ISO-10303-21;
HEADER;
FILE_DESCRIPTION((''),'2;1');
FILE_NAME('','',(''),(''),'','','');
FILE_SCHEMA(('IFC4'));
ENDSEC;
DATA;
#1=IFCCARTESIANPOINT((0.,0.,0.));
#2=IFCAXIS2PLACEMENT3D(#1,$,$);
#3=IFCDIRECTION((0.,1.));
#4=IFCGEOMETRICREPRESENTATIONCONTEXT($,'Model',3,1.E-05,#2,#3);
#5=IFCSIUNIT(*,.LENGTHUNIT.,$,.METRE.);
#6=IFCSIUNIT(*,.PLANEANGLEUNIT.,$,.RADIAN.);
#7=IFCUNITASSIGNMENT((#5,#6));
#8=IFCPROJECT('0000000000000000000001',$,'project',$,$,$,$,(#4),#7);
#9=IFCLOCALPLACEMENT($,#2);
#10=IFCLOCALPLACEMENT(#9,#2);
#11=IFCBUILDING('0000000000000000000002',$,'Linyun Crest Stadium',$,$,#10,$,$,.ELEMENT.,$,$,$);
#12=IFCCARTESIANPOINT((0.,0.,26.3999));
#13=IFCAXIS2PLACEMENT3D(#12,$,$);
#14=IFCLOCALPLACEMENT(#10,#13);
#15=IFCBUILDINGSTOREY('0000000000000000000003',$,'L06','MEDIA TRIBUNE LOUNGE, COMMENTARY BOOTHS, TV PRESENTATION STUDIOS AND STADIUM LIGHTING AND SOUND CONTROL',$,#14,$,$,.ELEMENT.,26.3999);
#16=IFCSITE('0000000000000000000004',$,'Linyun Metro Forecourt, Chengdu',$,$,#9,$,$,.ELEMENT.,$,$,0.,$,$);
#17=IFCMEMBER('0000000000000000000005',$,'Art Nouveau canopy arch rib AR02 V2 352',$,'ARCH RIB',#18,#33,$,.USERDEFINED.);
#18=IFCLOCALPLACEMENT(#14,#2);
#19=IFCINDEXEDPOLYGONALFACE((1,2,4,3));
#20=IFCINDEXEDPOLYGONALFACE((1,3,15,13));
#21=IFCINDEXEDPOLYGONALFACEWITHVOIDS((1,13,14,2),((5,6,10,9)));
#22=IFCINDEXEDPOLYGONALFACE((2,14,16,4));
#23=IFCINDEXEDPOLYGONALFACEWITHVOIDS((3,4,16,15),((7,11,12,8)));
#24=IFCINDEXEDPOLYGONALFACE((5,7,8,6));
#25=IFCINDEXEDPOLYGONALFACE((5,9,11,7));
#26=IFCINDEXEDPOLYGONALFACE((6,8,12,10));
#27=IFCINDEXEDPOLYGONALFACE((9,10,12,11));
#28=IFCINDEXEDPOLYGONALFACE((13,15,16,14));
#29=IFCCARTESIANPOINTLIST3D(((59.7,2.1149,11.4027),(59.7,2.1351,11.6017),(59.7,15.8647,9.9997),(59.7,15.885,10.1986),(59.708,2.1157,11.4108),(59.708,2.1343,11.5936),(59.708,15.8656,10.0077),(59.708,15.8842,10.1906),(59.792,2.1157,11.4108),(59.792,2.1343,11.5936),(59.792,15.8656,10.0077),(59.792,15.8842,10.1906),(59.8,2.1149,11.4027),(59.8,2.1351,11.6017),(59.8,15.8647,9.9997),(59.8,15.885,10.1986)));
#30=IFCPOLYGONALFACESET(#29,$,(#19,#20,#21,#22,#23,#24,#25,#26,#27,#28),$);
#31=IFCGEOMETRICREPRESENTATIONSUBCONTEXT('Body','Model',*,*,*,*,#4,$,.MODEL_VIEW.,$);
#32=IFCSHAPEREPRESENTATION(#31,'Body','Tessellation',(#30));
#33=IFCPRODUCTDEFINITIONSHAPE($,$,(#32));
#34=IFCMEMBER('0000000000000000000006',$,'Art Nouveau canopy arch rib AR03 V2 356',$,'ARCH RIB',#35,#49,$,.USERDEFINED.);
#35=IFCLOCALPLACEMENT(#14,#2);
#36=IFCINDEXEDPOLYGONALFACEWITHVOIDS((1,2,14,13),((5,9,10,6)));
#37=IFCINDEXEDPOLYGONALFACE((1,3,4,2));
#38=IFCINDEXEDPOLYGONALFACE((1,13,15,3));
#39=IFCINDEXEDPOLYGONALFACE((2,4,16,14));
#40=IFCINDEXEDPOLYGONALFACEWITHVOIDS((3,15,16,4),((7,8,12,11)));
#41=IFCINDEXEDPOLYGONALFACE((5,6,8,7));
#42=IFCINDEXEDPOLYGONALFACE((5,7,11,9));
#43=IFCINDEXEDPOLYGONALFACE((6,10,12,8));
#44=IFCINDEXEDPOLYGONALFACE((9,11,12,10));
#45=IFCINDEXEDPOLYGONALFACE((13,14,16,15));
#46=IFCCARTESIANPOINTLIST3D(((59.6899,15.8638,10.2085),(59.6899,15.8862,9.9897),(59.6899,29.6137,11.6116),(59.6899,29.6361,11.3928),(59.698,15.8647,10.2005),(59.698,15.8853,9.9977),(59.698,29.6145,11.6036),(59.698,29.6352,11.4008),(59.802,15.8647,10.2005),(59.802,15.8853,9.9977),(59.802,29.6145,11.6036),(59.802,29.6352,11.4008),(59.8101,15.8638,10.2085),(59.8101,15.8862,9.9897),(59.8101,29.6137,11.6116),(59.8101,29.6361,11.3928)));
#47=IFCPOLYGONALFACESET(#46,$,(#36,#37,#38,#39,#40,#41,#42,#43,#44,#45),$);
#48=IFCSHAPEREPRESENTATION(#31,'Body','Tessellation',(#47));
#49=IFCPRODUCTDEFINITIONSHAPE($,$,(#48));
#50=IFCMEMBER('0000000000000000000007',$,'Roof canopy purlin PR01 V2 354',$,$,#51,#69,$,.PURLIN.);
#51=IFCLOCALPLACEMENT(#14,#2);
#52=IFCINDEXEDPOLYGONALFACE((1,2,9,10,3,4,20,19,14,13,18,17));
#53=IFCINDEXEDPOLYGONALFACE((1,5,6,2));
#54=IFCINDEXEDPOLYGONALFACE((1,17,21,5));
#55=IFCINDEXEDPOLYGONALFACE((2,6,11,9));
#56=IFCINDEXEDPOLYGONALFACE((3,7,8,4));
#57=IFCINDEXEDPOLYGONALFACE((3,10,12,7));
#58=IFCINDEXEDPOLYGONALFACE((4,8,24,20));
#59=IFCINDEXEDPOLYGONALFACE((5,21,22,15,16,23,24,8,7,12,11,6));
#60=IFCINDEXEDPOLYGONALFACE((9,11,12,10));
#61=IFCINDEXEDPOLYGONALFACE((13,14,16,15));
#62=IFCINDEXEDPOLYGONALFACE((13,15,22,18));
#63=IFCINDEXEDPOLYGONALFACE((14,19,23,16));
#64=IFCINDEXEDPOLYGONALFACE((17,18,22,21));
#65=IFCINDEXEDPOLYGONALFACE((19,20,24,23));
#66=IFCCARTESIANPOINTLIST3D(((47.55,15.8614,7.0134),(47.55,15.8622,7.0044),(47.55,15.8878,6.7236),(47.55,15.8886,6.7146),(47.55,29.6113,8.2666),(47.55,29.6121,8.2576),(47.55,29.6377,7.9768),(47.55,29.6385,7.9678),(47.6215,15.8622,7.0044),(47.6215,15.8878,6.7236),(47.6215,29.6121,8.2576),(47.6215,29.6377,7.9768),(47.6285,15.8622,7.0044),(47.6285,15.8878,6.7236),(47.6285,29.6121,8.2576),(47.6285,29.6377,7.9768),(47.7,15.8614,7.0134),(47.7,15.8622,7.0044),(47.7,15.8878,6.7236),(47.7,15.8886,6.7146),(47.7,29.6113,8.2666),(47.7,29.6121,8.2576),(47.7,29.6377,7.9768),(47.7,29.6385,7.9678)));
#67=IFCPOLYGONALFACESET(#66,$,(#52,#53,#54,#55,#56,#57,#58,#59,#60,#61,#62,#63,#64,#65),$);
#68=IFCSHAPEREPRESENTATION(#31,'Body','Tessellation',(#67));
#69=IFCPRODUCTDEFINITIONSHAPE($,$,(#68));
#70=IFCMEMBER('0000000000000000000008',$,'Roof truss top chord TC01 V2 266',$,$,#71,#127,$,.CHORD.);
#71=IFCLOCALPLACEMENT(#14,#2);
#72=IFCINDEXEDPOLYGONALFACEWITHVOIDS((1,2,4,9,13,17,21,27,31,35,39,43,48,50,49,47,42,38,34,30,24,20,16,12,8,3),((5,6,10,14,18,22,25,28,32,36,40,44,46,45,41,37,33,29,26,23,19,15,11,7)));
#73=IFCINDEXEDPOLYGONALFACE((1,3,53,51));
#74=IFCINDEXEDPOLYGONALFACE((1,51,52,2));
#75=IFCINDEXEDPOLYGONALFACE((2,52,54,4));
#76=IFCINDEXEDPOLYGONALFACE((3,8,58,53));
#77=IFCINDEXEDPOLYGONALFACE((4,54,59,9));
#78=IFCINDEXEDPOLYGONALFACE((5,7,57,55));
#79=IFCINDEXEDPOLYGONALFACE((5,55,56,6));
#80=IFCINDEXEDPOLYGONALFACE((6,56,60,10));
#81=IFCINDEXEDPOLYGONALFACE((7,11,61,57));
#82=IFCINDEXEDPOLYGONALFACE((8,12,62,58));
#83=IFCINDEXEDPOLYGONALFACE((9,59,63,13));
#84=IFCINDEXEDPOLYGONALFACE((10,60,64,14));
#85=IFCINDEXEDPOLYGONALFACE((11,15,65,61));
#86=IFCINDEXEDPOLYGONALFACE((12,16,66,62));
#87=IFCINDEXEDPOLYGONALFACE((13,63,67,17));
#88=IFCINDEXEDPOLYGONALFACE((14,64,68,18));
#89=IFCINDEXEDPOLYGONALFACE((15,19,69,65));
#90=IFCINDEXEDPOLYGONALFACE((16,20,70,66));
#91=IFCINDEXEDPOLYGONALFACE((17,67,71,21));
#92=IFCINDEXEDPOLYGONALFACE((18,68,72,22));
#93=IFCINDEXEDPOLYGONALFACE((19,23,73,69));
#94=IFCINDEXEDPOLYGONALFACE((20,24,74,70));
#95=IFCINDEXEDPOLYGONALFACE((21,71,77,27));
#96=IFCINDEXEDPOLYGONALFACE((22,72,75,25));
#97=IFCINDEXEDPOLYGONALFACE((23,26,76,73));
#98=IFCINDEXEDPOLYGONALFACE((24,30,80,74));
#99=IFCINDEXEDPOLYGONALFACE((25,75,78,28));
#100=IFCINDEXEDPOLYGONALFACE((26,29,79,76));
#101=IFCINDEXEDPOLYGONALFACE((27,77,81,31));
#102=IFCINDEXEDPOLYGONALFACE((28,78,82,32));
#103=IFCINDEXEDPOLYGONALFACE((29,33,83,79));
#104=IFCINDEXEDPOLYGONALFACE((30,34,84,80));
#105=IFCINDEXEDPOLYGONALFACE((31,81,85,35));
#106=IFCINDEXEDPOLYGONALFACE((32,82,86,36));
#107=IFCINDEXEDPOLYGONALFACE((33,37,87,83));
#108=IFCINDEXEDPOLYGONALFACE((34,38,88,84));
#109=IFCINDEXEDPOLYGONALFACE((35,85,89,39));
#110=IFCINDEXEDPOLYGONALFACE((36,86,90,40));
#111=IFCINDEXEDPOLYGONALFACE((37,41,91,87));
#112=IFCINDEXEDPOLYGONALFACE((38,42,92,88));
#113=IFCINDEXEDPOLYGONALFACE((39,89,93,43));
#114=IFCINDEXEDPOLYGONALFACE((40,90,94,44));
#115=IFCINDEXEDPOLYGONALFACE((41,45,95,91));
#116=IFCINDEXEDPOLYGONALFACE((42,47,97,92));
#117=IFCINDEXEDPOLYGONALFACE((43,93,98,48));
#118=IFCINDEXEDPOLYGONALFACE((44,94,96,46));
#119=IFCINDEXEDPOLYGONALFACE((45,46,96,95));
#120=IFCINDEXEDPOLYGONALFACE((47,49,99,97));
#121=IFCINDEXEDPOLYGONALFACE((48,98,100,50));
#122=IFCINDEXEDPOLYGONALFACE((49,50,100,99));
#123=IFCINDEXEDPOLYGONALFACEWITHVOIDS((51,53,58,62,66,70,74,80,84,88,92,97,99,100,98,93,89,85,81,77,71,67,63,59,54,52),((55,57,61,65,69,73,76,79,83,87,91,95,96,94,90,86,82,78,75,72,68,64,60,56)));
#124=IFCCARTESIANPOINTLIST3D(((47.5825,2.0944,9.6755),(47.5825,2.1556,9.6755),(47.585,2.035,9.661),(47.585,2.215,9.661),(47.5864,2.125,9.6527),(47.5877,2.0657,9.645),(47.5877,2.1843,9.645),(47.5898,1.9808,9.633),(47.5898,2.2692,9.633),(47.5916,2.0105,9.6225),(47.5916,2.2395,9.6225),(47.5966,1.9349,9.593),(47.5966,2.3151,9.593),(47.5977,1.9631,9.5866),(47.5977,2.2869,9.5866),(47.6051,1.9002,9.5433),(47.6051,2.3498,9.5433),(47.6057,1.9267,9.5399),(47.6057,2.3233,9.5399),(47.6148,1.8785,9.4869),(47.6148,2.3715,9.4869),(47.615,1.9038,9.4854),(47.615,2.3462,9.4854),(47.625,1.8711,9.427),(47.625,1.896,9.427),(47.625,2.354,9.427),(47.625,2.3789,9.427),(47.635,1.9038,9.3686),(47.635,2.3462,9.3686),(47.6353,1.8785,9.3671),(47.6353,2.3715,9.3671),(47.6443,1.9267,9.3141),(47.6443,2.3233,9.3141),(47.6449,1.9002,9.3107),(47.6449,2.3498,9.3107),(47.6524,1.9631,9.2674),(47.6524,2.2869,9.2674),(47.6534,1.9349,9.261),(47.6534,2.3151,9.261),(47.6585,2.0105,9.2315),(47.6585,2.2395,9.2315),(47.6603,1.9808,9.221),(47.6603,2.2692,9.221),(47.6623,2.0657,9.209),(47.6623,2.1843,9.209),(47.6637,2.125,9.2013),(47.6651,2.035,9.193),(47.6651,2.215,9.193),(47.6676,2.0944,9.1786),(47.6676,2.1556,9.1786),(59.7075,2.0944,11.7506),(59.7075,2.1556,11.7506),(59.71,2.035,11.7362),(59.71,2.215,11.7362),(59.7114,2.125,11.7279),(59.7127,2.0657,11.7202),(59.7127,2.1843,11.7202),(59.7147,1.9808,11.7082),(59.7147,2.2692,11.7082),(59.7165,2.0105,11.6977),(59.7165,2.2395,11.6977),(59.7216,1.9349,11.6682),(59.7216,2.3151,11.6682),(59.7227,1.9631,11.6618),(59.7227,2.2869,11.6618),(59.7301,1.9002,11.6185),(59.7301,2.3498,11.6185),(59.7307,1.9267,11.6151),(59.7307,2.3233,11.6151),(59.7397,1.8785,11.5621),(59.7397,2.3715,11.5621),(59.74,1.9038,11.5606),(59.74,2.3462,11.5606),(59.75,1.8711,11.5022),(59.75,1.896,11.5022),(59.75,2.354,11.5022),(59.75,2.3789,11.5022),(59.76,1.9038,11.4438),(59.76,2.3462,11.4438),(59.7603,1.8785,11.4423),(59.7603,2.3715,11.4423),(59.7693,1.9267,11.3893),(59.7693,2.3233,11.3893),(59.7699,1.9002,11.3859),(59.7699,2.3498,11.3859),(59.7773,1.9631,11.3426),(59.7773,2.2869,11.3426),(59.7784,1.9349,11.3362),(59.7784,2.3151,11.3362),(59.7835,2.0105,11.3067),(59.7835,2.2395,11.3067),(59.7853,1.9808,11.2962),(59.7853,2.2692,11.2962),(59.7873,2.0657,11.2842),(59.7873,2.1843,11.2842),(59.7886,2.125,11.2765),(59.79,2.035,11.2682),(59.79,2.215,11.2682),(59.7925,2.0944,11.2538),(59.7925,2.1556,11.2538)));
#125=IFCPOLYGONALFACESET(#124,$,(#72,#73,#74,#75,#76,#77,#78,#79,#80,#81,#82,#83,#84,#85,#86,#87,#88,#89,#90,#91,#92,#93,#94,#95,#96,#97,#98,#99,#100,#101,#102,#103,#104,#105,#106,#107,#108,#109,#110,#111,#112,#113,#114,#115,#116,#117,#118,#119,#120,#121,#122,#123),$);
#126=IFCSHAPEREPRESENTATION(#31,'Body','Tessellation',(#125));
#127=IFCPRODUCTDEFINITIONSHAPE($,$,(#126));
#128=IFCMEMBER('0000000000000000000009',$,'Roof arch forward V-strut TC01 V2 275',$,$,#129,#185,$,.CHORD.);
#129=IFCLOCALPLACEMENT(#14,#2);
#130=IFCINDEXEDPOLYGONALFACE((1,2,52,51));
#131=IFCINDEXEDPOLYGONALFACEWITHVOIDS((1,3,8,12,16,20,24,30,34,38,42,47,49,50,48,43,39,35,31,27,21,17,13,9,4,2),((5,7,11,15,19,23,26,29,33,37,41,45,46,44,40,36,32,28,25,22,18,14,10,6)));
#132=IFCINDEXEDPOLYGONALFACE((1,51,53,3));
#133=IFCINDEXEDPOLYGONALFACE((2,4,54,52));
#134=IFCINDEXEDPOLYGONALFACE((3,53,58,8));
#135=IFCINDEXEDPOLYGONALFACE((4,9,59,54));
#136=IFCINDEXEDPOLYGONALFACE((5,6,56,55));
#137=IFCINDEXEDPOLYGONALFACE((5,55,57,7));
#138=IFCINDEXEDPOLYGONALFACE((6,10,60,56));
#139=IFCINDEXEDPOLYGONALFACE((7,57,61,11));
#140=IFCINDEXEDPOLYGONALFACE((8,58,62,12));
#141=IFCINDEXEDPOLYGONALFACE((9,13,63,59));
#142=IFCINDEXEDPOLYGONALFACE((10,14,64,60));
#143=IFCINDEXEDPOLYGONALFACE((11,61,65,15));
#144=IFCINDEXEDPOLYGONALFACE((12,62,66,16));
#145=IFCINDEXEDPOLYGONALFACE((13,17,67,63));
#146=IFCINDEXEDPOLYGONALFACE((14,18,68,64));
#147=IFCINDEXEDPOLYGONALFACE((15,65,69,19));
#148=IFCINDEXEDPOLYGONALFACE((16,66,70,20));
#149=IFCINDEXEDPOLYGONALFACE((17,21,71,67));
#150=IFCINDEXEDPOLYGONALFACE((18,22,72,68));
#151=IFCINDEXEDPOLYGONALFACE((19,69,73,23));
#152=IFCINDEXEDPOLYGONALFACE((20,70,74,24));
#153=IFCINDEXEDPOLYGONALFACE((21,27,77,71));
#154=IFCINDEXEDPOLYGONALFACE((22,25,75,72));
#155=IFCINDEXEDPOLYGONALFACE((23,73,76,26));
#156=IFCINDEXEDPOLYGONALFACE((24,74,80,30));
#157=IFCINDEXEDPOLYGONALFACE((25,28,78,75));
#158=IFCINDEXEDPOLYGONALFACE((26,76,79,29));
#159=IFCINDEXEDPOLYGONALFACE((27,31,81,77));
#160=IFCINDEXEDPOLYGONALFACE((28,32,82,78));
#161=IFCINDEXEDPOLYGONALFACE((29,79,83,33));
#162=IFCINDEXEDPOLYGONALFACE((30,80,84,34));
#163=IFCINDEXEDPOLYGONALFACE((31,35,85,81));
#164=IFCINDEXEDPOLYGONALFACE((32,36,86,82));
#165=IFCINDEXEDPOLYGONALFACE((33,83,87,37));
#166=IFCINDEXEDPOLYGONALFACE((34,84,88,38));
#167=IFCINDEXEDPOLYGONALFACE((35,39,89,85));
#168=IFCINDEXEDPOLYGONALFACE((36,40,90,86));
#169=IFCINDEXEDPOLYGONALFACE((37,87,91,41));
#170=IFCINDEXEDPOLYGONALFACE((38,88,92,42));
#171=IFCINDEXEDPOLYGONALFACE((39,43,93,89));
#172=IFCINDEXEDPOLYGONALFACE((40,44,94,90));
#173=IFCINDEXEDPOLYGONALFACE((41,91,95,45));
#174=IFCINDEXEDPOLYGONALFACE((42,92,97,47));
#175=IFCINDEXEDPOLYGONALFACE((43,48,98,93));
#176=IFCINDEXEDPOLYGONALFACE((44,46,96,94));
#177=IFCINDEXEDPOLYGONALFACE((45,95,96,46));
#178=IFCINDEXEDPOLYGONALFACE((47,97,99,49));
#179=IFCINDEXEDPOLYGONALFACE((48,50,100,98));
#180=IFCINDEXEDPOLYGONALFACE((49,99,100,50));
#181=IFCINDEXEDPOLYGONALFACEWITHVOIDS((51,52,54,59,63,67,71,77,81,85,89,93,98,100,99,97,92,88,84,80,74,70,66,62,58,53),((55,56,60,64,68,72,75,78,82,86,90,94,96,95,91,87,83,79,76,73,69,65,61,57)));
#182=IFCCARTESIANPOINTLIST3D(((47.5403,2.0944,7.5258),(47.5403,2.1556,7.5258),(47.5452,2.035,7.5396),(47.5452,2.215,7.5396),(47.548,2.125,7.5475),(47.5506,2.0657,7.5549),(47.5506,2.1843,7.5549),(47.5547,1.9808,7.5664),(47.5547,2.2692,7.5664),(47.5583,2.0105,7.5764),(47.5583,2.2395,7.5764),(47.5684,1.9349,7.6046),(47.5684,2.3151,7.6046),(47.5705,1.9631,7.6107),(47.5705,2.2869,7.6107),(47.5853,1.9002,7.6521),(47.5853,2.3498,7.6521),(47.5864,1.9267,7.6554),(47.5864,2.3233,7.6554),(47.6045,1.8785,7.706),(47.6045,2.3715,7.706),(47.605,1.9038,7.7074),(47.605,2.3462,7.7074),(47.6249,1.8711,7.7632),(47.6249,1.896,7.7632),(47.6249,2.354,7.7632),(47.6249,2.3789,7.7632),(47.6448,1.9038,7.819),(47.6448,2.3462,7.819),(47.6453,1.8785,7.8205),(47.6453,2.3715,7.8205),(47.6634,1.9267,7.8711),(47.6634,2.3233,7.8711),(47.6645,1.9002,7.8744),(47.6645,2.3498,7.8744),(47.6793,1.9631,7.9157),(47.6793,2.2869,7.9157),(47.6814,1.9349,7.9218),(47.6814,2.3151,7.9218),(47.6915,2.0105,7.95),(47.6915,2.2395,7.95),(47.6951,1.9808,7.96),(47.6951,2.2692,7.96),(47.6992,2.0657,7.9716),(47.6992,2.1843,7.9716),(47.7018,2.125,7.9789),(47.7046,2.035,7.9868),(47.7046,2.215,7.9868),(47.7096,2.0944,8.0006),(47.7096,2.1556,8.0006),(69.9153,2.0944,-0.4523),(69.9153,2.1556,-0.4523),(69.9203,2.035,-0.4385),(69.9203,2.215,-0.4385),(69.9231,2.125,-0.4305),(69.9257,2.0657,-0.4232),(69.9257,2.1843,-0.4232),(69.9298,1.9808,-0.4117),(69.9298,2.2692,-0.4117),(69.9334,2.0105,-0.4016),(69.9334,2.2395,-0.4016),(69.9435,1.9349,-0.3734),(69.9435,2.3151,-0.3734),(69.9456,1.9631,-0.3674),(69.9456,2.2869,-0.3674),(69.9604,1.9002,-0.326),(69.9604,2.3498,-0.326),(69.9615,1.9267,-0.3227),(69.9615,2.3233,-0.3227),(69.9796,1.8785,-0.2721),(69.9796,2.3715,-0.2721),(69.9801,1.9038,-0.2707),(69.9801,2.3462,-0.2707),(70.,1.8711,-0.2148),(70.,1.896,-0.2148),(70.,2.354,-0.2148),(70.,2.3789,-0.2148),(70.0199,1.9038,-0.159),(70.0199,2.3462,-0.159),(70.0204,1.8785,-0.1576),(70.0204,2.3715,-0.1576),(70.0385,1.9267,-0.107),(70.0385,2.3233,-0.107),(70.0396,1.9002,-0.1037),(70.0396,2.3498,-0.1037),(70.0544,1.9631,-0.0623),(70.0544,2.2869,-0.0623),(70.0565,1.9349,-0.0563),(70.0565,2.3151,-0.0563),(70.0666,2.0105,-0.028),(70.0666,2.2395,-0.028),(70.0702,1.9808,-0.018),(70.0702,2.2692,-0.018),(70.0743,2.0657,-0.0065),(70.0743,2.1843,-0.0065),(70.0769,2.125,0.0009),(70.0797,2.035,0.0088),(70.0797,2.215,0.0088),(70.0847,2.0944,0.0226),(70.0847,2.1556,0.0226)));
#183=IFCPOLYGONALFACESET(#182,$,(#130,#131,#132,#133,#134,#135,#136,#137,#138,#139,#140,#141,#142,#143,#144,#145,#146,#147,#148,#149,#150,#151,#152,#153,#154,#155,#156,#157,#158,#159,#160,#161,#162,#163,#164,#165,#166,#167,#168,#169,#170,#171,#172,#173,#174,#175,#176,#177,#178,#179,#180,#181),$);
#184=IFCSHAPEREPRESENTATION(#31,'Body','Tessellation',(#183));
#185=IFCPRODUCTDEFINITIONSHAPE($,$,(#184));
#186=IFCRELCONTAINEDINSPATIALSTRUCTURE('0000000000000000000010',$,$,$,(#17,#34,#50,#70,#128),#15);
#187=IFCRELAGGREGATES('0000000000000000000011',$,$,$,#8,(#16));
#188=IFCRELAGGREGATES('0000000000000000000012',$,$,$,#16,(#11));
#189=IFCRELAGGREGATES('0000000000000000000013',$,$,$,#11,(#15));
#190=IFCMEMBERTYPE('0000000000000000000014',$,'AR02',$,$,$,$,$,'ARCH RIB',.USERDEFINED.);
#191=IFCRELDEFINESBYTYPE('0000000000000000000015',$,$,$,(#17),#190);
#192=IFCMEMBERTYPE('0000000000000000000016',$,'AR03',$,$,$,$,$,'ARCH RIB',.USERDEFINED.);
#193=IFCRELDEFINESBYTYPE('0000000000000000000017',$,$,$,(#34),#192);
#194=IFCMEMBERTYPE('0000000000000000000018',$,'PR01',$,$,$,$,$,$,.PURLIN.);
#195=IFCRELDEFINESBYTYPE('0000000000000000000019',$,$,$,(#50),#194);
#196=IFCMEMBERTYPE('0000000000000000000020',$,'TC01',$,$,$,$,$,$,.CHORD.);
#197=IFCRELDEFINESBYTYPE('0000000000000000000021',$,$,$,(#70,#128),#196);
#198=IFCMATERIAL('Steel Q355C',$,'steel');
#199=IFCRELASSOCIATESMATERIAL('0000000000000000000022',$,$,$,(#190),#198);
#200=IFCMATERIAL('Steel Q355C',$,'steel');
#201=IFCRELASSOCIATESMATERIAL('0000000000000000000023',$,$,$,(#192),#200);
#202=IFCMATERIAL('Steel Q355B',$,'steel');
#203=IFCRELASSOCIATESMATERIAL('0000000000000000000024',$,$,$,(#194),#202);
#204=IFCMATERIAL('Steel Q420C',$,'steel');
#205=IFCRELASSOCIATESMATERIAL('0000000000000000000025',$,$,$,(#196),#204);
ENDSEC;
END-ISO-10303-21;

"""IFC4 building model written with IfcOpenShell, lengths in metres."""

from ifc_helpers import new_model, si_unit, direction, frame, origin, origin_2d, place, context, subcontext, project, spatial, hollow_rectangle, hollow_circle, i_section, extrude, material, material_profile, profile_set, type_object, element, save


model = new_model("IFC4")

# Units and contexts
model_context = context("Model", 3, precision=1e-05, world=origin(), true_north=direction((0.0, 1.0)))
body_context = subcontext(model_context, "Body", "Model", "MODEL_VIEW")
ifc_project = project(units=[si_unit("LENGTHUNIT", "METRE"), si_unit("PLANEANGLEUNIT", "RADIAN")], contexts=[model_context])

# Site, building, storey
site_placement = place(None, origin())
site = spatial("IfcSite", under=ifc_project, at=site_placement, Name="Linyun Metro Forecourt, Chengdu", CompositionType="ELEMENT", RefElevation=0.0)
building_placement = place(site_placement, origin())
building = spatial("IfcBuilding", under=site, at=building_placement, Name="Linyun Crest Stadium", CompositionType="ELEMENT")
storey_placement = place(building_placement, frame((0.0, 0.0, 26.3999)))
storey = spatial("IfcBuildingStorey", under=building, at=storey_placement, Name="L06", Description="MEDIA TRIBUNE LOUNGE, COMMENTARY BOOTHS, TV PRESENTATION STUDIOS AND STADIUM LIGHTING AND SOUND CONTROL", CompositionType="ELEMENT", Elevation=26.3999)

# Members
ifc_material_1 = material(Name="Steel Q355C", Category="steel")
ifc_material_profile_1 = material_profile(ifc_material_1, hollow_rectangle(XDim=0.1001, YDim=0.2, WallThickness=0.0081, at=origin_2d()), Name="RHS 200x100x8")
ifc_profile_set_1 = profile_set([ifc_material_profile_1], Name="Steel Q355C")
member_type_1 = type_object("IfcMemberType", Name="AR02", ElementType="ARCH RIB", PredefinedType="USERDEFINED", material=ifc_profile_set_1)
member_1_placement = place(storey_placement, frame((59.75, 2.125, 11.5022), z_axis=(0.0, 0.994834, -0.101515), x_axis=(-1.0, 0.0, 0.0)))
element("IfcMember", 1, at=member_1_placement, inside=storey, type_object=member_type_1, Name="Art Nouveau canopy arch rib AR02 V2 352", ObjectType="ARCH RIB", PredefinedType="USERDEFINED", context=body_context, shape_type="SweptSolid", body=[
    extrude(hollow_rectangle(XDim=0.1001, YDim=0.2, WallThickness=0.0081, at=origin_2d()), origin(), (0.0, 0.0, 1.0), 13.8213),
])
ifc_material_2 = material(Name="Steel Q355C", Category="steel")
ifc_material_profile_2 = material_profile(ifc_material_2, hollow_rectangle(XDim=0.1201, YDim=0.22, WallThickness=0.0081, at=origin_2d()), Name="RHS 220x120x8")
ifc_profile_set_2 = profile_set([ifc_material_profile_2], Name="Steel Q355C")
member_type_2 = type_object("IfcMemberType", Name="AR03", ElementType="ARCH RIB", PredefinedType="USERDEFINED", material=ifc_profile_set_2)
member_2_placement = place(storey_placement, frame((59.75, 15.875, 10.0991), z_axis=(0.0, 0.994834, 0.101515), x_axis=(-1.0, 0.0, 0.0)))
element("IfcMember", 2, at=member_2_placement, inside=storey, type_object=member_type_2, Name="Art Nouveau canopy arch rib AR03 V2 356", ObjectType="ARCH RIB", PredefinedType="USERDEFINED", context=body_context, shape_type="SweptSolid", body=[
    extrude(hollow_rectangle(XDim=0.1201, YDim=0.22, WallThickness=0.0081, at=origin_2d()), origin(), (0.0, 0.0, 1.0), 13.8213),
])
ifc_material_3 = material(Name="Steel Q355B", Category="steel")
ifc_material_profile_3 = material_profile(ifc_material_3, i_section(OverallWidth=0.1499, OverallDepth=0.3, WebThickness=0.0071, FlangeThickness=0.009, at=origin_2d()), Name="HN 300x150")
ifc_profile_set_3 = profile_set([ifc_material_profile_3], Name="Steel Q355B")
member_type_3 = type_object("IfcMemberType", Name="PR01", PredefinedType="PURLIN", material=ifc_profile_set_3)
member_3_placement = place(storey_placement, frame((47.625, 15.875, 6.864), z_axis=(0.0, 0.995872, 0.090764), x_axis=(-1.0, 0.0, 0.0)))
element("IfcMember", 3, at=member_3_placement, inside=storey, type_object=member_type_3, Name="Roof canopy purlin PR01 V2 354", PredefinedType="PURLIN", context=body_context, shape_type="SweptSolid", body=[
    extrude(i_section(OverallWidth=0.1499, OverallDepth=0.3, WebThickness=0.0071, FlangeThickness=0.009, at=origin_2d()), origin(), (0.0, 0.0, 1.0), 13.8069),
])
ifc_material_4 = material(Name="Steel Q420C", Category="steel")
ifc_material_profile_4 = material_profile(ifc_material_4, hollow_circle(Radius=0.2539, WallThickness=0.0249, at=origin_2d()), Name="CHS 508x25")
ifc_profile_set_4 = profile_set([ifc_material_profile_4], Name="Steel Q420C")
member_type_4 = type_object("IfcMemberType", Name="TC01", PredefinedType="CHORD", material=ifc_profile_set_4)
member_4_placement = place(storey_placement, frame((59.75, 2.125, 11.5022), z_axis=(-0.985668, 0.0, -0.168697), x_axis=(0.0, -1.0, 0.0)))
element("IfcMember", 4, at=member_4_placement, inside=storey, type_object=member_type_4, Name="Roof truss top chord TC01 V2 266", PredefinedType="CHORD", context=body_context, shape_type="SweptSolid", body=[
    extrude(hollow_circle(Radius=0.2539, WallThickness=0.0249, at=origin_2d()), origin(), (0.0, 0.0, 1.0), 12.3013),
])
member_5_placement = place(storey_placement, frame((70.0, 2.125, -0.2148), z_axis=(-0.941916, 0.0, 0.335849), x_axis=(0.0, -1.0, 0.0)))
element("IfcMember", 5, at=member_5_placement, inside=storey, type_object=member_type_4, Name="Roof arch forward V-strut TC01 V2 275", PredefinedType="CHORD", context=body_context, shape_type="SweptSolid", body=[
    extrude(hollow_circle(Radius=0.2539, WallThickness=0.0249, at=origin_2d()), origin(), (0.0, 0.0, 1.0), 23.7549),
])

save(model, "model.ifc")
